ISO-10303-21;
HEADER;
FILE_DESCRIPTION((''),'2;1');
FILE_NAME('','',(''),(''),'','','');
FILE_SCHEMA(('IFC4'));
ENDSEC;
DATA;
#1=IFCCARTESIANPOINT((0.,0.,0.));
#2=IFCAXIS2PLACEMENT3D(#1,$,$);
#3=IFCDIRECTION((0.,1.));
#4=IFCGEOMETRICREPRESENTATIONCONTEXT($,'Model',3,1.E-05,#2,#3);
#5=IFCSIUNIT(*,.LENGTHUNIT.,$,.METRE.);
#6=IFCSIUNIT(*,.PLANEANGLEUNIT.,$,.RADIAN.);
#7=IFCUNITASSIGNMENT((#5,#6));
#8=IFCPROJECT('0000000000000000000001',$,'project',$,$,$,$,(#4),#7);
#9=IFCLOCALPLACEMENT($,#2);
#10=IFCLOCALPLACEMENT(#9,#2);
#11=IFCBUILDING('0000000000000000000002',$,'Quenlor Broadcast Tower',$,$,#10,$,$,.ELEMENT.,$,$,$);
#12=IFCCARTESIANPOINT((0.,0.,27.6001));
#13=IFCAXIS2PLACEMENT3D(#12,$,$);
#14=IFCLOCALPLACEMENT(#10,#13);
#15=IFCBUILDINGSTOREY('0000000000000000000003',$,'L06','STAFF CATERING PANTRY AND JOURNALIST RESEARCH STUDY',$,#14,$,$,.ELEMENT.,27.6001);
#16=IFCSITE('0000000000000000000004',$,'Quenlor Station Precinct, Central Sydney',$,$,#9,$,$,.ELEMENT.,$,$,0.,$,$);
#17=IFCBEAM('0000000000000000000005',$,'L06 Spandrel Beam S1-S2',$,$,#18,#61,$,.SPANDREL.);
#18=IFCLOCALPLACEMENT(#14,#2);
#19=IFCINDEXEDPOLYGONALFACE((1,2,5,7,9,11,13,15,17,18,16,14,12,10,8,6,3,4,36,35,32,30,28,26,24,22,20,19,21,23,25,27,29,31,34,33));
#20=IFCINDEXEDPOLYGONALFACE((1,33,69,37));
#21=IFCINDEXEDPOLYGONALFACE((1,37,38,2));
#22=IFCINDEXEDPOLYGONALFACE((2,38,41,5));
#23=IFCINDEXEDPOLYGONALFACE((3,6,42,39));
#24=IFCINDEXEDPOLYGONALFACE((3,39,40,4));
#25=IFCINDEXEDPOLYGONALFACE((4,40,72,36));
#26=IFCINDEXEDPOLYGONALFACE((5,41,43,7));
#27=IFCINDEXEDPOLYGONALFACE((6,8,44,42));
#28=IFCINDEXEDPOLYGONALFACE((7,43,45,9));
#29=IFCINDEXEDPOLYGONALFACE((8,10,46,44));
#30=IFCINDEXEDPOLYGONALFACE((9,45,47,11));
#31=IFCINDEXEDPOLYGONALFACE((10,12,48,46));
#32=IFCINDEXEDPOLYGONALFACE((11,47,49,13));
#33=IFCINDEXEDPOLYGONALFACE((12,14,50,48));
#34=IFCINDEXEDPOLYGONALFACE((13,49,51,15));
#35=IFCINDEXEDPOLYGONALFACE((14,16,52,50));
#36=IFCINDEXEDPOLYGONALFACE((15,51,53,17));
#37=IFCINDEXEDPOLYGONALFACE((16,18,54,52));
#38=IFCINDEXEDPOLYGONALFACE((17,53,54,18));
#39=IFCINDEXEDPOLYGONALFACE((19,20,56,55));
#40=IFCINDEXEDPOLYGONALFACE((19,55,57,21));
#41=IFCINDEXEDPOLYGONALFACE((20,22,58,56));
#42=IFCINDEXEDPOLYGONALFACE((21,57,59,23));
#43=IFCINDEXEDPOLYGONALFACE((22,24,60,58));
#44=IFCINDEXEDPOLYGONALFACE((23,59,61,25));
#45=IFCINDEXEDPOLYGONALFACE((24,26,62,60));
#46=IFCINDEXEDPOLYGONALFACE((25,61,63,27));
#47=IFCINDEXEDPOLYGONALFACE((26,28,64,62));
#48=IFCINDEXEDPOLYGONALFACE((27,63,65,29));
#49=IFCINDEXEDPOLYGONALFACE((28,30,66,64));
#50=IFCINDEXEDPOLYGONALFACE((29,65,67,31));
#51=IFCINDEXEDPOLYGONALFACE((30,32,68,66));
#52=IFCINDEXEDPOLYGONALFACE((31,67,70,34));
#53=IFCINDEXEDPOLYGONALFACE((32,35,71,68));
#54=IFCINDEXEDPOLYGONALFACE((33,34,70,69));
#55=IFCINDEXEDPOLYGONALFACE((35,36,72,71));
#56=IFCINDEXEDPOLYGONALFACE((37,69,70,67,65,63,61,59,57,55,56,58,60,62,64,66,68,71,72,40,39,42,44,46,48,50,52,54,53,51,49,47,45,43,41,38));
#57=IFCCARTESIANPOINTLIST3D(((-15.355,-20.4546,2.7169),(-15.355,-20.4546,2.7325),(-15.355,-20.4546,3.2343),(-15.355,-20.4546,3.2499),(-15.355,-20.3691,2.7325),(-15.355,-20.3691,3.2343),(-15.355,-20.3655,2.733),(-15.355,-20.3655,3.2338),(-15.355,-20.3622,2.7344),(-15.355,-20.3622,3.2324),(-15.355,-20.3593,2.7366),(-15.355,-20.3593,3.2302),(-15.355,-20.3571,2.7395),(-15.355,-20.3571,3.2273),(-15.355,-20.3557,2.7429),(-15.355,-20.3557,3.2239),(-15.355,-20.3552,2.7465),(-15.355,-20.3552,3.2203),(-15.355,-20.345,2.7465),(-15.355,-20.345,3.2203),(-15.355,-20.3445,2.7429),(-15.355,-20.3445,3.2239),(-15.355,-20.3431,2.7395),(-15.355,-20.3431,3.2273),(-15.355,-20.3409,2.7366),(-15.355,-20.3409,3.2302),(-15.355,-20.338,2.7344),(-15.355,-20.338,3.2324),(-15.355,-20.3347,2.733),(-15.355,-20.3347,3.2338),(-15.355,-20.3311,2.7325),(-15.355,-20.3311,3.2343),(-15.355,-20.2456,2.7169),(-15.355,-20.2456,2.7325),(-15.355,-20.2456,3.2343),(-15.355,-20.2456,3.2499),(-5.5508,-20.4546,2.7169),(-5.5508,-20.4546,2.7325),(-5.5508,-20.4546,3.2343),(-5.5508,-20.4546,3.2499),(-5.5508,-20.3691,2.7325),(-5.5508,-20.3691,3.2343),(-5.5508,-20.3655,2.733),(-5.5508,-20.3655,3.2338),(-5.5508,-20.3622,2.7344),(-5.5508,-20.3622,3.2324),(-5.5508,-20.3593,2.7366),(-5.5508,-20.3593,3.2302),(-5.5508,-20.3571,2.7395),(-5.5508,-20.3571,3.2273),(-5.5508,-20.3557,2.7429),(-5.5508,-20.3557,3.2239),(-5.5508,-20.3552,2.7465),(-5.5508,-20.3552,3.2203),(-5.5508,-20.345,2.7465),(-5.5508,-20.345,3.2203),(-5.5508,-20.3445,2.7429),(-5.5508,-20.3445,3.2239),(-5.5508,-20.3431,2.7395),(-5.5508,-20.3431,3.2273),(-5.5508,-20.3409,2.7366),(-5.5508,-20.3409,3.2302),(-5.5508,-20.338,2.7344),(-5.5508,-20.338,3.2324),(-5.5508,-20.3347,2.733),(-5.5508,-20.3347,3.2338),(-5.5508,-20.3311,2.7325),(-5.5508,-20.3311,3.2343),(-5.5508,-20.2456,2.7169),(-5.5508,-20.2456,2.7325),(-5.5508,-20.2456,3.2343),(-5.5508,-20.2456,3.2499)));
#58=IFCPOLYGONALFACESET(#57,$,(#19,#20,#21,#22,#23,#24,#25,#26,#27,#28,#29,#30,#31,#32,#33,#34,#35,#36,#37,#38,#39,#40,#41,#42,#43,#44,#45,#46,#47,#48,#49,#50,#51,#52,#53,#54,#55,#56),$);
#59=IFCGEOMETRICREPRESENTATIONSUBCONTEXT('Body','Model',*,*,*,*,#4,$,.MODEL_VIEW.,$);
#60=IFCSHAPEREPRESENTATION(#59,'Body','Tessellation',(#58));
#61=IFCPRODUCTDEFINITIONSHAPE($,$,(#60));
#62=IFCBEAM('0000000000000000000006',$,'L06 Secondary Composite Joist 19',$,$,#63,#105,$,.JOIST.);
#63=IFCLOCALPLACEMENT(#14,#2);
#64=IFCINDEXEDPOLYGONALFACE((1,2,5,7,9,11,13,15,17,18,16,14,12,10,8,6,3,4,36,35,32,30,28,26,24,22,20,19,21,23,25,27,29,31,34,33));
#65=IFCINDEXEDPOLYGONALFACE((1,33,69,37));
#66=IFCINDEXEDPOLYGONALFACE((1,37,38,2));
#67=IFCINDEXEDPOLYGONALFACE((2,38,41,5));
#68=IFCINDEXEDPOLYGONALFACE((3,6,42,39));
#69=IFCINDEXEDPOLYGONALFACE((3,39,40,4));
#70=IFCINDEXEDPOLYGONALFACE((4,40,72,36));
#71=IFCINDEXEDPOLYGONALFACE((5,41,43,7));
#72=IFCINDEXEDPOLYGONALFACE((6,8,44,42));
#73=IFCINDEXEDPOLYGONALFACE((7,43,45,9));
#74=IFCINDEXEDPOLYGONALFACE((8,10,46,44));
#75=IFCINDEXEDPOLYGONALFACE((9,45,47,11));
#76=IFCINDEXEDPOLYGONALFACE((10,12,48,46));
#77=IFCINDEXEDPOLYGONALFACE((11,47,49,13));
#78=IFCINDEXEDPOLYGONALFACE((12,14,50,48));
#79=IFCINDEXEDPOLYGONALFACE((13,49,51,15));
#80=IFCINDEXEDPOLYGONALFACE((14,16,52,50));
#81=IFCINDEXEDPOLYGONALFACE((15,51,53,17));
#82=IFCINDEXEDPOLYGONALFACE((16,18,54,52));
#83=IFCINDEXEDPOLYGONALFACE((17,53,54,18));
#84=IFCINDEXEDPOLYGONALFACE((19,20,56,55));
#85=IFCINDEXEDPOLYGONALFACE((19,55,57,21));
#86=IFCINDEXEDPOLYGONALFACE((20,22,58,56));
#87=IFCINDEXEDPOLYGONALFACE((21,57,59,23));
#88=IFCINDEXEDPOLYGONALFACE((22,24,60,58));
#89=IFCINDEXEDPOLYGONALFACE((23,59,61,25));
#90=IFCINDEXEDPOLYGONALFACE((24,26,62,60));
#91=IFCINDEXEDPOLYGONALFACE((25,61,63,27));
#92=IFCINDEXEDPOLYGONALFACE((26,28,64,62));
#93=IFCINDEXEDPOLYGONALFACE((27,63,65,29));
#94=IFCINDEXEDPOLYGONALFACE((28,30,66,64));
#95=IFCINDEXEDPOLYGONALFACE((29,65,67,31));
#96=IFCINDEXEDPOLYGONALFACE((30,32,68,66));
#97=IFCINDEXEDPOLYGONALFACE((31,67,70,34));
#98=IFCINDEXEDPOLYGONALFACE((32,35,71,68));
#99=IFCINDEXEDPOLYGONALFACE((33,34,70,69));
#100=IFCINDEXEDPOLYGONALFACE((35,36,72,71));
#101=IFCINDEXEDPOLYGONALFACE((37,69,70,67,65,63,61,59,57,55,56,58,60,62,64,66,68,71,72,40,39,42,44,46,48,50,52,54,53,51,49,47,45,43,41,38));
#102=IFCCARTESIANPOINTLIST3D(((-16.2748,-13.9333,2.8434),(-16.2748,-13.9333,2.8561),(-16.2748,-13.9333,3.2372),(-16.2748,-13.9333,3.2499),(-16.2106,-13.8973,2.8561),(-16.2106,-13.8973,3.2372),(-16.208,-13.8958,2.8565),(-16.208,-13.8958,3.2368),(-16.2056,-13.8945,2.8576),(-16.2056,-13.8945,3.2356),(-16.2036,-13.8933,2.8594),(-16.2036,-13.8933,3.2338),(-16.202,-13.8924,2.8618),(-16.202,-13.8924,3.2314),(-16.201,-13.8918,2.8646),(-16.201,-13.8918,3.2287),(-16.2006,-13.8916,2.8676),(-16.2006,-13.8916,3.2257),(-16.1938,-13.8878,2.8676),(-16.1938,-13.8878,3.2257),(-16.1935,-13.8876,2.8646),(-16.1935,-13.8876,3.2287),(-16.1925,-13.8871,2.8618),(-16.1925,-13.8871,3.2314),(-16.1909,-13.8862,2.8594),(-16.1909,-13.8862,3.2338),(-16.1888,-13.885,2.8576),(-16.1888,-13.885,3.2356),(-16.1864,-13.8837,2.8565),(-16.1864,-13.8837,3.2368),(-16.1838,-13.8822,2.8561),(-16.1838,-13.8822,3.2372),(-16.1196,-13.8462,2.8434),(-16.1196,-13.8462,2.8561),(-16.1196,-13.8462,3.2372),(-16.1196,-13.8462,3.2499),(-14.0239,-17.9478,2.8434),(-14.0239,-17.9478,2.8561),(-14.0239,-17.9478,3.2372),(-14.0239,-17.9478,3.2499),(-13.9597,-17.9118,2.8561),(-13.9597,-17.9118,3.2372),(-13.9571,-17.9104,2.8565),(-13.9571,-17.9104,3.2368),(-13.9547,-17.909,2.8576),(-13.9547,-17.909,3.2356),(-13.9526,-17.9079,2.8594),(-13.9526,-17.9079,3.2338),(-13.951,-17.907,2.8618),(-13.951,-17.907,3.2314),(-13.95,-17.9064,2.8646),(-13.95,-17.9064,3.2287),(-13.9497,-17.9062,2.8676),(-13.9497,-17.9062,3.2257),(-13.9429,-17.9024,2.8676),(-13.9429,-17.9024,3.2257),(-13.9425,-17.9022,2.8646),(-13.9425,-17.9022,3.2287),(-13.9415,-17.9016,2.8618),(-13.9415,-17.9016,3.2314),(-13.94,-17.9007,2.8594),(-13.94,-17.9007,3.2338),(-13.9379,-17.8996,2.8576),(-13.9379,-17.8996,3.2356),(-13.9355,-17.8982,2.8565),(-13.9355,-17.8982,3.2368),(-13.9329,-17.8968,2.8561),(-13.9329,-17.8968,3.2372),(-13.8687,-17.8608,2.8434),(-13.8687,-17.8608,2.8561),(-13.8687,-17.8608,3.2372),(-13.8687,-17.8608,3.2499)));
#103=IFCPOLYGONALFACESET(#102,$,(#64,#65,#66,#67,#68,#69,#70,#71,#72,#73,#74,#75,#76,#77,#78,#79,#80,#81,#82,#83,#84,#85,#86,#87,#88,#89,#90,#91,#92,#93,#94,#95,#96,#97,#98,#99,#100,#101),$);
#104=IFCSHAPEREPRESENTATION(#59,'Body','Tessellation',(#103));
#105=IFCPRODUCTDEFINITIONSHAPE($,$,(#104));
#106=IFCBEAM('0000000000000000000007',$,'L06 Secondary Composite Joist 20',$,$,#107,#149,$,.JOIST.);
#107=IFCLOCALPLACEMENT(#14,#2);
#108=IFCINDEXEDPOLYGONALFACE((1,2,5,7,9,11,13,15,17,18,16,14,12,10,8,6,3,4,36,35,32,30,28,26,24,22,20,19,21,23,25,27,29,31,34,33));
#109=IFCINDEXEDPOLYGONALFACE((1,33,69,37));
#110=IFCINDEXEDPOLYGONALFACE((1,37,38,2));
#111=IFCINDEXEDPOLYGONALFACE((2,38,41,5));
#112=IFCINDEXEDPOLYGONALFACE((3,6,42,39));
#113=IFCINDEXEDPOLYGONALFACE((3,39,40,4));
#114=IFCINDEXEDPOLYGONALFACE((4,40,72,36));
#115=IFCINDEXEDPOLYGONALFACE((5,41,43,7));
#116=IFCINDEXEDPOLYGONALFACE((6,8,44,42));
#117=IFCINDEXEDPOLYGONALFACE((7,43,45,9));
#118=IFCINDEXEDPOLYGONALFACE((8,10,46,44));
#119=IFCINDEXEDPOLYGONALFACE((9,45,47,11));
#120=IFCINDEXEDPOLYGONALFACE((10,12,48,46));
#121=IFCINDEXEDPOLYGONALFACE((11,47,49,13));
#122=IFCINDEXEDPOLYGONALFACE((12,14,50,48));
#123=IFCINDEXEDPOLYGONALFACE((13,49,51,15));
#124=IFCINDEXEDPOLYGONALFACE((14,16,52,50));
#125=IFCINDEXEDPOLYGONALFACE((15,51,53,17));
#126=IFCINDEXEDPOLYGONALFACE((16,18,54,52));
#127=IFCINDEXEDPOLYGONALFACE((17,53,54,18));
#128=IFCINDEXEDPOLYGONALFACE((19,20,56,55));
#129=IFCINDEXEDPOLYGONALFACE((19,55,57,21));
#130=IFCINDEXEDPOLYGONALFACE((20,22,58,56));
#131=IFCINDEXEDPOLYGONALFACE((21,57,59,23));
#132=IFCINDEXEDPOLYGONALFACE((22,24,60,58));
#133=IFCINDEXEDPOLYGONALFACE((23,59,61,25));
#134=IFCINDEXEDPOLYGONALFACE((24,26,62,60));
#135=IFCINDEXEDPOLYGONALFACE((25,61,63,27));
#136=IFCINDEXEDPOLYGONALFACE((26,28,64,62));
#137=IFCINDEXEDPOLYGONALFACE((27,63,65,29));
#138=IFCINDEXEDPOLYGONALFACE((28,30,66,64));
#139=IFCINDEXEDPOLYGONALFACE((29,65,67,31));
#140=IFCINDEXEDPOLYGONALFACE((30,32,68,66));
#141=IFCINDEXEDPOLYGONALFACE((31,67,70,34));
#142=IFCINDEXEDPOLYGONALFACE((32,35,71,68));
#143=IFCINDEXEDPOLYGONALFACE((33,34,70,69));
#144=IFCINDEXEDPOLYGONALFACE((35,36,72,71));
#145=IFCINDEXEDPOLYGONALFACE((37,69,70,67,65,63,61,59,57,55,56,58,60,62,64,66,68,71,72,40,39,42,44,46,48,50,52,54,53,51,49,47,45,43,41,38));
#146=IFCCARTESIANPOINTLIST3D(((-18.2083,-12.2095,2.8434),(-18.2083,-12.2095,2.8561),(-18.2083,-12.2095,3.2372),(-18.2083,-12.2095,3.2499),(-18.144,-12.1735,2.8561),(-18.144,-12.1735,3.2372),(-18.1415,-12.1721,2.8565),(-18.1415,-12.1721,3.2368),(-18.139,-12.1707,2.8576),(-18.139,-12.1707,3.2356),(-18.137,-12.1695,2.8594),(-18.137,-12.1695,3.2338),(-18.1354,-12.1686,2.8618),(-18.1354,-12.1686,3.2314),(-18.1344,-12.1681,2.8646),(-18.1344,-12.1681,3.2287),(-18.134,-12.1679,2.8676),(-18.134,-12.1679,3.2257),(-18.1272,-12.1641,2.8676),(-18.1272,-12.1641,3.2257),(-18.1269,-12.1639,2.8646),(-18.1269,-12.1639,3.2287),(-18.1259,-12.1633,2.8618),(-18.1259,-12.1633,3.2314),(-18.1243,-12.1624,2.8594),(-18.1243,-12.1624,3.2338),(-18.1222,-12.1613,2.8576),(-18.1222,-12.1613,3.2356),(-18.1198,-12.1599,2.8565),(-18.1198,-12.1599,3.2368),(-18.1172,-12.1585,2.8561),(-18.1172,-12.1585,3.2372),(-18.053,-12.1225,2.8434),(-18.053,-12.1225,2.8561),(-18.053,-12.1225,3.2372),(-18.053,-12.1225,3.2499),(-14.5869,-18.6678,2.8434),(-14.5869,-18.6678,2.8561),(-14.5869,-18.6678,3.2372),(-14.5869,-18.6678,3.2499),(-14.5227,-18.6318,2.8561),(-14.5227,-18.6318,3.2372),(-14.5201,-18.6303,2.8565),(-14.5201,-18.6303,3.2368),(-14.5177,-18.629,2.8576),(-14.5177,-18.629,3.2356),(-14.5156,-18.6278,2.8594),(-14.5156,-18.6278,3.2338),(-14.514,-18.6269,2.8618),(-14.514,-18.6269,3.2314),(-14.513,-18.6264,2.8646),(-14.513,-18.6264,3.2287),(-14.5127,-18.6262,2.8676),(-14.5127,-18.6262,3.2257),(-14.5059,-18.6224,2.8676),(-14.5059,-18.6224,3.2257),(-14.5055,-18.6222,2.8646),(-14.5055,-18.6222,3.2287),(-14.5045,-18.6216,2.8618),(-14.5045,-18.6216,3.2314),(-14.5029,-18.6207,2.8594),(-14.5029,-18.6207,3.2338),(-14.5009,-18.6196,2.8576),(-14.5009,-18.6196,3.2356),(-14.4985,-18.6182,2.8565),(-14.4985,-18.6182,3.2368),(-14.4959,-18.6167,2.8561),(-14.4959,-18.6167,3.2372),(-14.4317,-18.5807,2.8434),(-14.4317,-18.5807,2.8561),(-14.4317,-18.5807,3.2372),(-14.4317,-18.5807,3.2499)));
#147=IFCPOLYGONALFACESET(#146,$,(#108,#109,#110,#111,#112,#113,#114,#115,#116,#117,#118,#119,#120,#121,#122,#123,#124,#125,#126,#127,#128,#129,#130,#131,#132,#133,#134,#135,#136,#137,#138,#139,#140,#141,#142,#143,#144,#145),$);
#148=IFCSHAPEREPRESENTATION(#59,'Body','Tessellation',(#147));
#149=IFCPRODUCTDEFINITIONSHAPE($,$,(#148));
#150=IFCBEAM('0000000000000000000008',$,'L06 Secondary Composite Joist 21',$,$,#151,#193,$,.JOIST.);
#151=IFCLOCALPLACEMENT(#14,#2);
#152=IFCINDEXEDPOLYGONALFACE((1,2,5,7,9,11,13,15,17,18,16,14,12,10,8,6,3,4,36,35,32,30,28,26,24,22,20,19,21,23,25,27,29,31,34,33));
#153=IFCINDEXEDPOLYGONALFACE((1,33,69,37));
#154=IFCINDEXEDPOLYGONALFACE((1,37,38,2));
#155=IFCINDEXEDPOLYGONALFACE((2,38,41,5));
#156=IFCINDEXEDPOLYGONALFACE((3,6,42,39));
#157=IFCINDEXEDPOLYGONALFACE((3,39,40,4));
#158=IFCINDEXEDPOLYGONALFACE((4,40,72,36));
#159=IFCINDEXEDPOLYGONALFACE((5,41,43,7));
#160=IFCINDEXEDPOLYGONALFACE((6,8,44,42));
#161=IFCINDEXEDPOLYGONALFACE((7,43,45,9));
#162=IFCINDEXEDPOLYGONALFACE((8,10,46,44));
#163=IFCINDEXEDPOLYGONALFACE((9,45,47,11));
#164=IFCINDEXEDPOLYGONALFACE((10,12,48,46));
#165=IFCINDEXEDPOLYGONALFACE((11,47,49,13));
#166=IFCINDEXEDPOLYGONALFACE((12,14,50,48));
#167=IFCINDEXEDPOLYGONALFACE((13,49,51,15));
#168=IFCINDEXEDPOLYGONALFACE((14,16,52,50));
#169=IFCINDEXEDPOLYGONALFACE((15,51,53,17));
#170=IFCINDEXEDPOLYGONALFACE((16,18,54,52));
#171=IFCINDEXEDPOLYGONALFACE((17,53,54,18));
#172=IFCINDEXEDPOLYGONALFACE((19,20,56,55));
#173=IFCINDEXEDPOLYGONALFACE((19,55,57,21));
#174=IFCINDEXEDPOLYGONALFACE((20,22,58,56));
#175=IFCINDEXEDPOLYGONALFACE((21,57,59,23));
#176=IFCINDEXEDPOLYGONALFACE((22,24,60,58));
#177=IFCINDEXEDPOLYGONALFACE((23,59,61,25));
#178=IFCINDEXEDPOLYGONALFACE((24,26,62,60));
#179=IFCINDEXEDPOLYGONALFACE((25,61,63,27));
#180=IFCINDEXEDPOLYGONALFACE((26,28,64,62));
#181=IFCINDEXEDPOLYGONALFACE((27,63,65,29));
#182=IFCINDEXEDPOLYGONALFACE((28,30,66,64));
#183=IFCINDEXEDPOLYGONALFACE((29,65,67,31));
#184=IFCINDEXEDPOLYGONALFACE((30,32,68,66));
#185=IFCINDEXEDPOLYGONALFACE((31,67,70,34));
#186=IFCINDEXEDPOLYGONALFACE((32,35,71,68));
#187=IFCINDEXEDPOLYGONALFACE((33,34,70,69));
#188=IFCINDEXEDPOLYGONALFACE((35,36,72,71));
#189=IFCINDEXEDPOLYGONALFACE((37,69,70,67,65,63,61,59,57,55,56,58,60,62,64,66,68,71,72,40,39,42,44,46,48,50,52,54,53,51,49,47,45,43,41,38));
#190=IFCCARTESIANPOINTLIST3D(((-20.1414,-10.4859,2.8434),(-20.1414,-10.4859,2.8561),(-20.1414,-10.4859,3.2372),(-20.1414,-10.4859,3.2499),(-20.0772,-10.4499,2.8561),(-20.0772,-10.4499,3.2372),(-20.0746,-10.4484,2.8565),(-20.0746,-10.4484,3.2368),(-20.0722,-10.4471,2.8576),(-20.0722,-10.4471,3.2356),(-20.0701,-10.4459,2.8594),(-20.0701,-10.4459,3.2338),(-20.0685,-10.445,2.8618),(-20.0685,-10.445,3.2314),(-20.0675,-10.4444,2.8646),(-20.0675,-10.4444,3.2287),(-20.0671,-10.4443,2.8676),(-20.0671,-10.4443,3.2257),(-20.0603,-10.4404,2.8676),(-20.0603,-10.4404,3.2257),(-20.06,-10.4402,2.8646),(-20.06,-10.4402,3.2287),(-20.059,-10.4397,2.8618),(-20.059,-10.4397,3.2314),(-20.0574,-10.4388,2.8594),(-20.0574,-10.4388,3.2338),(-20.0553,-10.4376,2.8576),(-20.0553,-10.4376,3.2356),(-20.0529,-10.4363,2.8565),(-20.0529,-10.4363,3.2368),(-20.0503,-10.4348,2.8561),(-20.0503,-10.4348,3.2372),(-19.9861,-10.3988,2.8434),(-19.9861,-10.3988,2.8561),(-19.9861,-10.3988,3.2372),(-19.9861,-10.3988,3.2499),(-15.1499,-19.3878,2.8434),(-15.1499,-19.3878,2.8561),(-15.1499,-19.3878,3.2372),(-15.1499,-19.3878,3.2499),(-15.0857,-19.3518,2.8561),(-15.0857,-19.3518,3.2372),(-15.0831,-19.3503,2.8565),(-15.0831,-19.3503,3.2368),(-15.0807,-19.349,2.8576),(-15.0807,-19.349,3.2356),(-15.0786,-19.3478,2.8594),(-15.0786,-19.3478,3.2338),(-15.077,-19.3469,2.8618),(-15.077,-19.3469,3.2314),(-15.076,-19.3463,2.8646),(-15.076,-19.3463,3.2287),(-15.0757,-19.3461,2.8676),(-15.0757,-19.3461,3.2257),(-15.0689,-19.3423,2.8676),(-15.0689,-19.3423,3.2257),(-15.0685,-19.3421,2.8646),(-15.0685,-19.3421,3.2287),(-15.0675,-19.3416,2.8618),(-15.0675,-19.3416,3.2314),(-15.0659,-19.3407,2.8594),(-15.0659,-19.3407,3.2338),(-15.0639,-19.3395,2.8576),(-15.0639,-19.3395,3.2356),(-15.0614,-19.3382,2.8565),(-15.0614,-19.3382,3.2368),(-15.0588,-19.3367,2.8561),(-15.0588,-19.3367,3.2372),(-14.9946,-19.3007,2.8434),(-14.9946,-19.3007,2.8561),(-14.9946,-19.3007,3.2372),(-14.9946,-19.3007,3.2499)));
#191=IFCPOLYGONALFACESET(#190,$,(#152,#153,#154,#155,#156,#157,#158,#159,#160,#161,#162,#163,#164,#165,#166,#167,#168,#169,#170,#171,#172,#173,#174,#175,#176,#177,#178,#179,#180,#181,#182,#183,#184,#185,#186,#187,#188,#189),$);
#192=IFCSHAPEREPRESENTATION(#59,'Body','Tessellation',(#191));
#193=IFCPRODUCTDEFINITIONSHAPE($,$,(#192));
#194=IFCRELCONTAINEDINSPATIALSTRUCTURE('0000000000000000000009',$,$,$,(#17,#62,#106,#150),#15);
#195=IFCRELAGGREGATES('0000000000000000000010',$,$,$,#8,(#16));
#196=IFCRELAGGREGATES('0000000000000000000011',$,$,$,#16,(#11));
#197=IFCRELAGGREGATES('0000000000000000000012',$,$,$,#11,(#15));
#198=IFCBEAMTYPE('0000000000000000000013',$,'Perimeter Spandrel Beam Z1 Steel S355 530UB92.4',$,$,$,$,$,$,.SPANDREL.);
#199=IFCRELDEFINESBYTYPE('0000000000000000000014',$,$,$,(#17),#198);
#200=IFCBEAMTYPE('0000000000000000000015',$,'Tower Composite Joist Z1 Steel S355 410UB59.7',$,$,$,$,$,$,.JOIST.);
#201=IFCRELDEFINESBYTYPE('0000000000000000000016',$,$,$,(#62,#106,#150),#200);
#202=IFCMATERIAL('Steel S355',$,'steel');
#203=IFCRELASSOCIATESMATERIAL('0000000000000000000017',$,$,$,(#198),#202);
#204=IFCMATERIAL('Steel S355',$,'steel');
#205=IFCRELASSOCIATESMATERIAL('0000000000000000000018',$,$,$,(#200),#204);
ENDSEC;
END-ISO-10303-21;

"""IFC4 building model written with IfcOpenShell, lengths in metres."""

from ifc_helpers import new_model, si_unit, direction, frame, origin, origin_2d, place, context, subcontext, project, spatial, i_section, extrude, material, material_profile, profile_set, type_object, element, save


model = new_model("IFC4")

# Units and contexts
model_context = context("Model", 3, precision=1e-05, world=origin(), true_north=direction((0.0, 1.0)))
body_context = subcontext(model_context, "Body", "Model", "MODEL_VIEW")
ifc_project = project(units=[si_unit("LENGTHUNIT", "METRE"), si_unit("PLANEANGLEUNIT", "RADIAN")], contexts=[model_context])

# Site, building, storey
site_placement = place(None, origin())
site = spatial("IfcSite", under=ifc_project, at=site_placement, Name="Quenlor Station Precinct, Central Sydney", CompositionType="ELEMENT", RefElevation=0.0)
building_placement = place(site_placement, origin())
building = spatial("IfcBuilding", under=site, at=building_placement, Name="Quenlor Broadcast Tower", CompositionType="ELEMENT")
storey_placement = place(building_placement, frame((0.0, 0.0, 27.6001)))
storey = spatial("IfcBuildingStorey", under=building, at=storey_placement, Name="L06", Description="STAFF CATERING PANTRY AND JOURNALIST RESEARCH STUDY", CompositionType="ELEMENT", Elevation=27.6001)

# Beams
ifc_material_1 = material(Name="Steel S355", Category="steel")
ifc_material_profile_1 = material_profile(ifc_material_1, i_section(OverallWidth=0.209, OverallDepth=0.533, WebThickness=0.0103, FlangeThickness=0.0156, FilletRadius=0.0139, at=origin_2d()))
ifc_profile_set_1 = profile_set([ifc_material_profile_1], Name="Steel S355 530UB92.4")
beam_type_1 = type_object("IfcBeamType", Name="Perimeter Spandrel Beam Z1 Steel S355 530UB92.4", PredefinedType="SPANDREL", material=ifc_profile_set_1)
beam_1_placement = place(storey_placement, frame((-15.355, -20.3501, 2.9834), z_axis=(1.0, 0.0, 0.0), x_axis=(0.0, 1.0, 0.0)))
element("IfcBeam", 1, at=beam_1_placement, inside=storey, type_object=beam_type_1, Name="L06 Spandrel Beam S1-S2", PredefinedType="SPANDREL", context=body_context, shape_type="SweptSolid", body=[
    extrude(i_section(OverallWidth=0.209, OverallDepth=0.533, WebThickness=0.0103, FlangeThickness=0.0156, FilletRadius=0.0139, at=origin_2d()), origin(), (0.0, 0.0, 1.0), 9.8042),
])
ifc_material_2 = material(Name="Steel S355", Category="steel")
ifc_material_profile_2 = material_profile(ifc_material_2, i_section(OverallWidth=0.178, OverallDepth=0.4065, WebThickness=0.0078, FlangeThickness=0.0127, FilletRadius=0.0115, at=origin_2d()))
ifc_profile_set_2 = profile_set([ifc_material_profile_2], Name="Steel S355 410UB59.7")
beam_type_2 = type_object("IfcBeamType", Name="Tower Composite Joist Z1 Steel S355 410UB59.7", PredefinedType="JOIST", material=ifc_profile_set_2)
beam_2_placement = place(storey_placement, frame((-13.9463, -17.9043, 3.0466), z_axis=(-0.489062, 0.872249, 0.0), x_axis=(-0.872249, -0.489062, 0.0)))
element("IfcBeam", 2, at=beam_2_placement, inside=storey, type_object=beam_type_2, Name="L06 Secondary Composite Joist 19", PredefinedType="JOIST", context=body_context, shape_type="SweptSolid", body=[
    extrude(i_section(OverallWidth=0.178, OverallDepth=0.4065, WebThickness=0.0078, FlangeThickness=0.0127, FilletRadius=0.0115, at=origin_2d()), origin(), (0.0, 0.0, 1.0), 4.6025),
])
beam_3_placement = place(storey_placement, frame((-14.5093, -18.6243, 3.0466), z_axis=(-0.489088, 0.872234, 0.0), x_axis=(-0.872234, -0.489088, 0.0)))
element("IfcBeam", 3, at=beam_3_placement, inside=storey, type_object=beam_type_2, Name="L06 Secondary Composite Joist 20", PredefinedType="JOIST", context=body_context, shape_type="SweptSolid", body=[
    extrude(i_section(OverallWidth=0.178, OverallDepth=0.4065, WebThickness=0.0078, FlangeThickness=0.0127, FilletRadius=0.0115, at=origin_2d()), origin(), (0.0, 0.0, 1.0), 7.4043),
])
beam_4_placement = place(storey_placement, frame((-15.0723, -19.3442, 3.0466), z_axis=(-0.489082, 0.872238, 0.0), x_axis=(-0.872238, -0.489082, 0.0)))
element("IfcBeam", 4, at=beam_4_placement, inside=storey, type_object=beam_type_2, Name="L06 Secondary Composite Joist 21", PredefinedType="JOIST", context=body_context, shape_type="SweptSolid", body=[
    extrude(i_section(OverallWidth=0.178, OverallDepth=0.4065, WebThickness=0.0078, FlangeThickness=0.0127, FilletRadius=0.0115, at=origin_2d()), origin(), (0.0, 0.0, 1.0), 10.2058),
])

save(model, "model.ifc")
